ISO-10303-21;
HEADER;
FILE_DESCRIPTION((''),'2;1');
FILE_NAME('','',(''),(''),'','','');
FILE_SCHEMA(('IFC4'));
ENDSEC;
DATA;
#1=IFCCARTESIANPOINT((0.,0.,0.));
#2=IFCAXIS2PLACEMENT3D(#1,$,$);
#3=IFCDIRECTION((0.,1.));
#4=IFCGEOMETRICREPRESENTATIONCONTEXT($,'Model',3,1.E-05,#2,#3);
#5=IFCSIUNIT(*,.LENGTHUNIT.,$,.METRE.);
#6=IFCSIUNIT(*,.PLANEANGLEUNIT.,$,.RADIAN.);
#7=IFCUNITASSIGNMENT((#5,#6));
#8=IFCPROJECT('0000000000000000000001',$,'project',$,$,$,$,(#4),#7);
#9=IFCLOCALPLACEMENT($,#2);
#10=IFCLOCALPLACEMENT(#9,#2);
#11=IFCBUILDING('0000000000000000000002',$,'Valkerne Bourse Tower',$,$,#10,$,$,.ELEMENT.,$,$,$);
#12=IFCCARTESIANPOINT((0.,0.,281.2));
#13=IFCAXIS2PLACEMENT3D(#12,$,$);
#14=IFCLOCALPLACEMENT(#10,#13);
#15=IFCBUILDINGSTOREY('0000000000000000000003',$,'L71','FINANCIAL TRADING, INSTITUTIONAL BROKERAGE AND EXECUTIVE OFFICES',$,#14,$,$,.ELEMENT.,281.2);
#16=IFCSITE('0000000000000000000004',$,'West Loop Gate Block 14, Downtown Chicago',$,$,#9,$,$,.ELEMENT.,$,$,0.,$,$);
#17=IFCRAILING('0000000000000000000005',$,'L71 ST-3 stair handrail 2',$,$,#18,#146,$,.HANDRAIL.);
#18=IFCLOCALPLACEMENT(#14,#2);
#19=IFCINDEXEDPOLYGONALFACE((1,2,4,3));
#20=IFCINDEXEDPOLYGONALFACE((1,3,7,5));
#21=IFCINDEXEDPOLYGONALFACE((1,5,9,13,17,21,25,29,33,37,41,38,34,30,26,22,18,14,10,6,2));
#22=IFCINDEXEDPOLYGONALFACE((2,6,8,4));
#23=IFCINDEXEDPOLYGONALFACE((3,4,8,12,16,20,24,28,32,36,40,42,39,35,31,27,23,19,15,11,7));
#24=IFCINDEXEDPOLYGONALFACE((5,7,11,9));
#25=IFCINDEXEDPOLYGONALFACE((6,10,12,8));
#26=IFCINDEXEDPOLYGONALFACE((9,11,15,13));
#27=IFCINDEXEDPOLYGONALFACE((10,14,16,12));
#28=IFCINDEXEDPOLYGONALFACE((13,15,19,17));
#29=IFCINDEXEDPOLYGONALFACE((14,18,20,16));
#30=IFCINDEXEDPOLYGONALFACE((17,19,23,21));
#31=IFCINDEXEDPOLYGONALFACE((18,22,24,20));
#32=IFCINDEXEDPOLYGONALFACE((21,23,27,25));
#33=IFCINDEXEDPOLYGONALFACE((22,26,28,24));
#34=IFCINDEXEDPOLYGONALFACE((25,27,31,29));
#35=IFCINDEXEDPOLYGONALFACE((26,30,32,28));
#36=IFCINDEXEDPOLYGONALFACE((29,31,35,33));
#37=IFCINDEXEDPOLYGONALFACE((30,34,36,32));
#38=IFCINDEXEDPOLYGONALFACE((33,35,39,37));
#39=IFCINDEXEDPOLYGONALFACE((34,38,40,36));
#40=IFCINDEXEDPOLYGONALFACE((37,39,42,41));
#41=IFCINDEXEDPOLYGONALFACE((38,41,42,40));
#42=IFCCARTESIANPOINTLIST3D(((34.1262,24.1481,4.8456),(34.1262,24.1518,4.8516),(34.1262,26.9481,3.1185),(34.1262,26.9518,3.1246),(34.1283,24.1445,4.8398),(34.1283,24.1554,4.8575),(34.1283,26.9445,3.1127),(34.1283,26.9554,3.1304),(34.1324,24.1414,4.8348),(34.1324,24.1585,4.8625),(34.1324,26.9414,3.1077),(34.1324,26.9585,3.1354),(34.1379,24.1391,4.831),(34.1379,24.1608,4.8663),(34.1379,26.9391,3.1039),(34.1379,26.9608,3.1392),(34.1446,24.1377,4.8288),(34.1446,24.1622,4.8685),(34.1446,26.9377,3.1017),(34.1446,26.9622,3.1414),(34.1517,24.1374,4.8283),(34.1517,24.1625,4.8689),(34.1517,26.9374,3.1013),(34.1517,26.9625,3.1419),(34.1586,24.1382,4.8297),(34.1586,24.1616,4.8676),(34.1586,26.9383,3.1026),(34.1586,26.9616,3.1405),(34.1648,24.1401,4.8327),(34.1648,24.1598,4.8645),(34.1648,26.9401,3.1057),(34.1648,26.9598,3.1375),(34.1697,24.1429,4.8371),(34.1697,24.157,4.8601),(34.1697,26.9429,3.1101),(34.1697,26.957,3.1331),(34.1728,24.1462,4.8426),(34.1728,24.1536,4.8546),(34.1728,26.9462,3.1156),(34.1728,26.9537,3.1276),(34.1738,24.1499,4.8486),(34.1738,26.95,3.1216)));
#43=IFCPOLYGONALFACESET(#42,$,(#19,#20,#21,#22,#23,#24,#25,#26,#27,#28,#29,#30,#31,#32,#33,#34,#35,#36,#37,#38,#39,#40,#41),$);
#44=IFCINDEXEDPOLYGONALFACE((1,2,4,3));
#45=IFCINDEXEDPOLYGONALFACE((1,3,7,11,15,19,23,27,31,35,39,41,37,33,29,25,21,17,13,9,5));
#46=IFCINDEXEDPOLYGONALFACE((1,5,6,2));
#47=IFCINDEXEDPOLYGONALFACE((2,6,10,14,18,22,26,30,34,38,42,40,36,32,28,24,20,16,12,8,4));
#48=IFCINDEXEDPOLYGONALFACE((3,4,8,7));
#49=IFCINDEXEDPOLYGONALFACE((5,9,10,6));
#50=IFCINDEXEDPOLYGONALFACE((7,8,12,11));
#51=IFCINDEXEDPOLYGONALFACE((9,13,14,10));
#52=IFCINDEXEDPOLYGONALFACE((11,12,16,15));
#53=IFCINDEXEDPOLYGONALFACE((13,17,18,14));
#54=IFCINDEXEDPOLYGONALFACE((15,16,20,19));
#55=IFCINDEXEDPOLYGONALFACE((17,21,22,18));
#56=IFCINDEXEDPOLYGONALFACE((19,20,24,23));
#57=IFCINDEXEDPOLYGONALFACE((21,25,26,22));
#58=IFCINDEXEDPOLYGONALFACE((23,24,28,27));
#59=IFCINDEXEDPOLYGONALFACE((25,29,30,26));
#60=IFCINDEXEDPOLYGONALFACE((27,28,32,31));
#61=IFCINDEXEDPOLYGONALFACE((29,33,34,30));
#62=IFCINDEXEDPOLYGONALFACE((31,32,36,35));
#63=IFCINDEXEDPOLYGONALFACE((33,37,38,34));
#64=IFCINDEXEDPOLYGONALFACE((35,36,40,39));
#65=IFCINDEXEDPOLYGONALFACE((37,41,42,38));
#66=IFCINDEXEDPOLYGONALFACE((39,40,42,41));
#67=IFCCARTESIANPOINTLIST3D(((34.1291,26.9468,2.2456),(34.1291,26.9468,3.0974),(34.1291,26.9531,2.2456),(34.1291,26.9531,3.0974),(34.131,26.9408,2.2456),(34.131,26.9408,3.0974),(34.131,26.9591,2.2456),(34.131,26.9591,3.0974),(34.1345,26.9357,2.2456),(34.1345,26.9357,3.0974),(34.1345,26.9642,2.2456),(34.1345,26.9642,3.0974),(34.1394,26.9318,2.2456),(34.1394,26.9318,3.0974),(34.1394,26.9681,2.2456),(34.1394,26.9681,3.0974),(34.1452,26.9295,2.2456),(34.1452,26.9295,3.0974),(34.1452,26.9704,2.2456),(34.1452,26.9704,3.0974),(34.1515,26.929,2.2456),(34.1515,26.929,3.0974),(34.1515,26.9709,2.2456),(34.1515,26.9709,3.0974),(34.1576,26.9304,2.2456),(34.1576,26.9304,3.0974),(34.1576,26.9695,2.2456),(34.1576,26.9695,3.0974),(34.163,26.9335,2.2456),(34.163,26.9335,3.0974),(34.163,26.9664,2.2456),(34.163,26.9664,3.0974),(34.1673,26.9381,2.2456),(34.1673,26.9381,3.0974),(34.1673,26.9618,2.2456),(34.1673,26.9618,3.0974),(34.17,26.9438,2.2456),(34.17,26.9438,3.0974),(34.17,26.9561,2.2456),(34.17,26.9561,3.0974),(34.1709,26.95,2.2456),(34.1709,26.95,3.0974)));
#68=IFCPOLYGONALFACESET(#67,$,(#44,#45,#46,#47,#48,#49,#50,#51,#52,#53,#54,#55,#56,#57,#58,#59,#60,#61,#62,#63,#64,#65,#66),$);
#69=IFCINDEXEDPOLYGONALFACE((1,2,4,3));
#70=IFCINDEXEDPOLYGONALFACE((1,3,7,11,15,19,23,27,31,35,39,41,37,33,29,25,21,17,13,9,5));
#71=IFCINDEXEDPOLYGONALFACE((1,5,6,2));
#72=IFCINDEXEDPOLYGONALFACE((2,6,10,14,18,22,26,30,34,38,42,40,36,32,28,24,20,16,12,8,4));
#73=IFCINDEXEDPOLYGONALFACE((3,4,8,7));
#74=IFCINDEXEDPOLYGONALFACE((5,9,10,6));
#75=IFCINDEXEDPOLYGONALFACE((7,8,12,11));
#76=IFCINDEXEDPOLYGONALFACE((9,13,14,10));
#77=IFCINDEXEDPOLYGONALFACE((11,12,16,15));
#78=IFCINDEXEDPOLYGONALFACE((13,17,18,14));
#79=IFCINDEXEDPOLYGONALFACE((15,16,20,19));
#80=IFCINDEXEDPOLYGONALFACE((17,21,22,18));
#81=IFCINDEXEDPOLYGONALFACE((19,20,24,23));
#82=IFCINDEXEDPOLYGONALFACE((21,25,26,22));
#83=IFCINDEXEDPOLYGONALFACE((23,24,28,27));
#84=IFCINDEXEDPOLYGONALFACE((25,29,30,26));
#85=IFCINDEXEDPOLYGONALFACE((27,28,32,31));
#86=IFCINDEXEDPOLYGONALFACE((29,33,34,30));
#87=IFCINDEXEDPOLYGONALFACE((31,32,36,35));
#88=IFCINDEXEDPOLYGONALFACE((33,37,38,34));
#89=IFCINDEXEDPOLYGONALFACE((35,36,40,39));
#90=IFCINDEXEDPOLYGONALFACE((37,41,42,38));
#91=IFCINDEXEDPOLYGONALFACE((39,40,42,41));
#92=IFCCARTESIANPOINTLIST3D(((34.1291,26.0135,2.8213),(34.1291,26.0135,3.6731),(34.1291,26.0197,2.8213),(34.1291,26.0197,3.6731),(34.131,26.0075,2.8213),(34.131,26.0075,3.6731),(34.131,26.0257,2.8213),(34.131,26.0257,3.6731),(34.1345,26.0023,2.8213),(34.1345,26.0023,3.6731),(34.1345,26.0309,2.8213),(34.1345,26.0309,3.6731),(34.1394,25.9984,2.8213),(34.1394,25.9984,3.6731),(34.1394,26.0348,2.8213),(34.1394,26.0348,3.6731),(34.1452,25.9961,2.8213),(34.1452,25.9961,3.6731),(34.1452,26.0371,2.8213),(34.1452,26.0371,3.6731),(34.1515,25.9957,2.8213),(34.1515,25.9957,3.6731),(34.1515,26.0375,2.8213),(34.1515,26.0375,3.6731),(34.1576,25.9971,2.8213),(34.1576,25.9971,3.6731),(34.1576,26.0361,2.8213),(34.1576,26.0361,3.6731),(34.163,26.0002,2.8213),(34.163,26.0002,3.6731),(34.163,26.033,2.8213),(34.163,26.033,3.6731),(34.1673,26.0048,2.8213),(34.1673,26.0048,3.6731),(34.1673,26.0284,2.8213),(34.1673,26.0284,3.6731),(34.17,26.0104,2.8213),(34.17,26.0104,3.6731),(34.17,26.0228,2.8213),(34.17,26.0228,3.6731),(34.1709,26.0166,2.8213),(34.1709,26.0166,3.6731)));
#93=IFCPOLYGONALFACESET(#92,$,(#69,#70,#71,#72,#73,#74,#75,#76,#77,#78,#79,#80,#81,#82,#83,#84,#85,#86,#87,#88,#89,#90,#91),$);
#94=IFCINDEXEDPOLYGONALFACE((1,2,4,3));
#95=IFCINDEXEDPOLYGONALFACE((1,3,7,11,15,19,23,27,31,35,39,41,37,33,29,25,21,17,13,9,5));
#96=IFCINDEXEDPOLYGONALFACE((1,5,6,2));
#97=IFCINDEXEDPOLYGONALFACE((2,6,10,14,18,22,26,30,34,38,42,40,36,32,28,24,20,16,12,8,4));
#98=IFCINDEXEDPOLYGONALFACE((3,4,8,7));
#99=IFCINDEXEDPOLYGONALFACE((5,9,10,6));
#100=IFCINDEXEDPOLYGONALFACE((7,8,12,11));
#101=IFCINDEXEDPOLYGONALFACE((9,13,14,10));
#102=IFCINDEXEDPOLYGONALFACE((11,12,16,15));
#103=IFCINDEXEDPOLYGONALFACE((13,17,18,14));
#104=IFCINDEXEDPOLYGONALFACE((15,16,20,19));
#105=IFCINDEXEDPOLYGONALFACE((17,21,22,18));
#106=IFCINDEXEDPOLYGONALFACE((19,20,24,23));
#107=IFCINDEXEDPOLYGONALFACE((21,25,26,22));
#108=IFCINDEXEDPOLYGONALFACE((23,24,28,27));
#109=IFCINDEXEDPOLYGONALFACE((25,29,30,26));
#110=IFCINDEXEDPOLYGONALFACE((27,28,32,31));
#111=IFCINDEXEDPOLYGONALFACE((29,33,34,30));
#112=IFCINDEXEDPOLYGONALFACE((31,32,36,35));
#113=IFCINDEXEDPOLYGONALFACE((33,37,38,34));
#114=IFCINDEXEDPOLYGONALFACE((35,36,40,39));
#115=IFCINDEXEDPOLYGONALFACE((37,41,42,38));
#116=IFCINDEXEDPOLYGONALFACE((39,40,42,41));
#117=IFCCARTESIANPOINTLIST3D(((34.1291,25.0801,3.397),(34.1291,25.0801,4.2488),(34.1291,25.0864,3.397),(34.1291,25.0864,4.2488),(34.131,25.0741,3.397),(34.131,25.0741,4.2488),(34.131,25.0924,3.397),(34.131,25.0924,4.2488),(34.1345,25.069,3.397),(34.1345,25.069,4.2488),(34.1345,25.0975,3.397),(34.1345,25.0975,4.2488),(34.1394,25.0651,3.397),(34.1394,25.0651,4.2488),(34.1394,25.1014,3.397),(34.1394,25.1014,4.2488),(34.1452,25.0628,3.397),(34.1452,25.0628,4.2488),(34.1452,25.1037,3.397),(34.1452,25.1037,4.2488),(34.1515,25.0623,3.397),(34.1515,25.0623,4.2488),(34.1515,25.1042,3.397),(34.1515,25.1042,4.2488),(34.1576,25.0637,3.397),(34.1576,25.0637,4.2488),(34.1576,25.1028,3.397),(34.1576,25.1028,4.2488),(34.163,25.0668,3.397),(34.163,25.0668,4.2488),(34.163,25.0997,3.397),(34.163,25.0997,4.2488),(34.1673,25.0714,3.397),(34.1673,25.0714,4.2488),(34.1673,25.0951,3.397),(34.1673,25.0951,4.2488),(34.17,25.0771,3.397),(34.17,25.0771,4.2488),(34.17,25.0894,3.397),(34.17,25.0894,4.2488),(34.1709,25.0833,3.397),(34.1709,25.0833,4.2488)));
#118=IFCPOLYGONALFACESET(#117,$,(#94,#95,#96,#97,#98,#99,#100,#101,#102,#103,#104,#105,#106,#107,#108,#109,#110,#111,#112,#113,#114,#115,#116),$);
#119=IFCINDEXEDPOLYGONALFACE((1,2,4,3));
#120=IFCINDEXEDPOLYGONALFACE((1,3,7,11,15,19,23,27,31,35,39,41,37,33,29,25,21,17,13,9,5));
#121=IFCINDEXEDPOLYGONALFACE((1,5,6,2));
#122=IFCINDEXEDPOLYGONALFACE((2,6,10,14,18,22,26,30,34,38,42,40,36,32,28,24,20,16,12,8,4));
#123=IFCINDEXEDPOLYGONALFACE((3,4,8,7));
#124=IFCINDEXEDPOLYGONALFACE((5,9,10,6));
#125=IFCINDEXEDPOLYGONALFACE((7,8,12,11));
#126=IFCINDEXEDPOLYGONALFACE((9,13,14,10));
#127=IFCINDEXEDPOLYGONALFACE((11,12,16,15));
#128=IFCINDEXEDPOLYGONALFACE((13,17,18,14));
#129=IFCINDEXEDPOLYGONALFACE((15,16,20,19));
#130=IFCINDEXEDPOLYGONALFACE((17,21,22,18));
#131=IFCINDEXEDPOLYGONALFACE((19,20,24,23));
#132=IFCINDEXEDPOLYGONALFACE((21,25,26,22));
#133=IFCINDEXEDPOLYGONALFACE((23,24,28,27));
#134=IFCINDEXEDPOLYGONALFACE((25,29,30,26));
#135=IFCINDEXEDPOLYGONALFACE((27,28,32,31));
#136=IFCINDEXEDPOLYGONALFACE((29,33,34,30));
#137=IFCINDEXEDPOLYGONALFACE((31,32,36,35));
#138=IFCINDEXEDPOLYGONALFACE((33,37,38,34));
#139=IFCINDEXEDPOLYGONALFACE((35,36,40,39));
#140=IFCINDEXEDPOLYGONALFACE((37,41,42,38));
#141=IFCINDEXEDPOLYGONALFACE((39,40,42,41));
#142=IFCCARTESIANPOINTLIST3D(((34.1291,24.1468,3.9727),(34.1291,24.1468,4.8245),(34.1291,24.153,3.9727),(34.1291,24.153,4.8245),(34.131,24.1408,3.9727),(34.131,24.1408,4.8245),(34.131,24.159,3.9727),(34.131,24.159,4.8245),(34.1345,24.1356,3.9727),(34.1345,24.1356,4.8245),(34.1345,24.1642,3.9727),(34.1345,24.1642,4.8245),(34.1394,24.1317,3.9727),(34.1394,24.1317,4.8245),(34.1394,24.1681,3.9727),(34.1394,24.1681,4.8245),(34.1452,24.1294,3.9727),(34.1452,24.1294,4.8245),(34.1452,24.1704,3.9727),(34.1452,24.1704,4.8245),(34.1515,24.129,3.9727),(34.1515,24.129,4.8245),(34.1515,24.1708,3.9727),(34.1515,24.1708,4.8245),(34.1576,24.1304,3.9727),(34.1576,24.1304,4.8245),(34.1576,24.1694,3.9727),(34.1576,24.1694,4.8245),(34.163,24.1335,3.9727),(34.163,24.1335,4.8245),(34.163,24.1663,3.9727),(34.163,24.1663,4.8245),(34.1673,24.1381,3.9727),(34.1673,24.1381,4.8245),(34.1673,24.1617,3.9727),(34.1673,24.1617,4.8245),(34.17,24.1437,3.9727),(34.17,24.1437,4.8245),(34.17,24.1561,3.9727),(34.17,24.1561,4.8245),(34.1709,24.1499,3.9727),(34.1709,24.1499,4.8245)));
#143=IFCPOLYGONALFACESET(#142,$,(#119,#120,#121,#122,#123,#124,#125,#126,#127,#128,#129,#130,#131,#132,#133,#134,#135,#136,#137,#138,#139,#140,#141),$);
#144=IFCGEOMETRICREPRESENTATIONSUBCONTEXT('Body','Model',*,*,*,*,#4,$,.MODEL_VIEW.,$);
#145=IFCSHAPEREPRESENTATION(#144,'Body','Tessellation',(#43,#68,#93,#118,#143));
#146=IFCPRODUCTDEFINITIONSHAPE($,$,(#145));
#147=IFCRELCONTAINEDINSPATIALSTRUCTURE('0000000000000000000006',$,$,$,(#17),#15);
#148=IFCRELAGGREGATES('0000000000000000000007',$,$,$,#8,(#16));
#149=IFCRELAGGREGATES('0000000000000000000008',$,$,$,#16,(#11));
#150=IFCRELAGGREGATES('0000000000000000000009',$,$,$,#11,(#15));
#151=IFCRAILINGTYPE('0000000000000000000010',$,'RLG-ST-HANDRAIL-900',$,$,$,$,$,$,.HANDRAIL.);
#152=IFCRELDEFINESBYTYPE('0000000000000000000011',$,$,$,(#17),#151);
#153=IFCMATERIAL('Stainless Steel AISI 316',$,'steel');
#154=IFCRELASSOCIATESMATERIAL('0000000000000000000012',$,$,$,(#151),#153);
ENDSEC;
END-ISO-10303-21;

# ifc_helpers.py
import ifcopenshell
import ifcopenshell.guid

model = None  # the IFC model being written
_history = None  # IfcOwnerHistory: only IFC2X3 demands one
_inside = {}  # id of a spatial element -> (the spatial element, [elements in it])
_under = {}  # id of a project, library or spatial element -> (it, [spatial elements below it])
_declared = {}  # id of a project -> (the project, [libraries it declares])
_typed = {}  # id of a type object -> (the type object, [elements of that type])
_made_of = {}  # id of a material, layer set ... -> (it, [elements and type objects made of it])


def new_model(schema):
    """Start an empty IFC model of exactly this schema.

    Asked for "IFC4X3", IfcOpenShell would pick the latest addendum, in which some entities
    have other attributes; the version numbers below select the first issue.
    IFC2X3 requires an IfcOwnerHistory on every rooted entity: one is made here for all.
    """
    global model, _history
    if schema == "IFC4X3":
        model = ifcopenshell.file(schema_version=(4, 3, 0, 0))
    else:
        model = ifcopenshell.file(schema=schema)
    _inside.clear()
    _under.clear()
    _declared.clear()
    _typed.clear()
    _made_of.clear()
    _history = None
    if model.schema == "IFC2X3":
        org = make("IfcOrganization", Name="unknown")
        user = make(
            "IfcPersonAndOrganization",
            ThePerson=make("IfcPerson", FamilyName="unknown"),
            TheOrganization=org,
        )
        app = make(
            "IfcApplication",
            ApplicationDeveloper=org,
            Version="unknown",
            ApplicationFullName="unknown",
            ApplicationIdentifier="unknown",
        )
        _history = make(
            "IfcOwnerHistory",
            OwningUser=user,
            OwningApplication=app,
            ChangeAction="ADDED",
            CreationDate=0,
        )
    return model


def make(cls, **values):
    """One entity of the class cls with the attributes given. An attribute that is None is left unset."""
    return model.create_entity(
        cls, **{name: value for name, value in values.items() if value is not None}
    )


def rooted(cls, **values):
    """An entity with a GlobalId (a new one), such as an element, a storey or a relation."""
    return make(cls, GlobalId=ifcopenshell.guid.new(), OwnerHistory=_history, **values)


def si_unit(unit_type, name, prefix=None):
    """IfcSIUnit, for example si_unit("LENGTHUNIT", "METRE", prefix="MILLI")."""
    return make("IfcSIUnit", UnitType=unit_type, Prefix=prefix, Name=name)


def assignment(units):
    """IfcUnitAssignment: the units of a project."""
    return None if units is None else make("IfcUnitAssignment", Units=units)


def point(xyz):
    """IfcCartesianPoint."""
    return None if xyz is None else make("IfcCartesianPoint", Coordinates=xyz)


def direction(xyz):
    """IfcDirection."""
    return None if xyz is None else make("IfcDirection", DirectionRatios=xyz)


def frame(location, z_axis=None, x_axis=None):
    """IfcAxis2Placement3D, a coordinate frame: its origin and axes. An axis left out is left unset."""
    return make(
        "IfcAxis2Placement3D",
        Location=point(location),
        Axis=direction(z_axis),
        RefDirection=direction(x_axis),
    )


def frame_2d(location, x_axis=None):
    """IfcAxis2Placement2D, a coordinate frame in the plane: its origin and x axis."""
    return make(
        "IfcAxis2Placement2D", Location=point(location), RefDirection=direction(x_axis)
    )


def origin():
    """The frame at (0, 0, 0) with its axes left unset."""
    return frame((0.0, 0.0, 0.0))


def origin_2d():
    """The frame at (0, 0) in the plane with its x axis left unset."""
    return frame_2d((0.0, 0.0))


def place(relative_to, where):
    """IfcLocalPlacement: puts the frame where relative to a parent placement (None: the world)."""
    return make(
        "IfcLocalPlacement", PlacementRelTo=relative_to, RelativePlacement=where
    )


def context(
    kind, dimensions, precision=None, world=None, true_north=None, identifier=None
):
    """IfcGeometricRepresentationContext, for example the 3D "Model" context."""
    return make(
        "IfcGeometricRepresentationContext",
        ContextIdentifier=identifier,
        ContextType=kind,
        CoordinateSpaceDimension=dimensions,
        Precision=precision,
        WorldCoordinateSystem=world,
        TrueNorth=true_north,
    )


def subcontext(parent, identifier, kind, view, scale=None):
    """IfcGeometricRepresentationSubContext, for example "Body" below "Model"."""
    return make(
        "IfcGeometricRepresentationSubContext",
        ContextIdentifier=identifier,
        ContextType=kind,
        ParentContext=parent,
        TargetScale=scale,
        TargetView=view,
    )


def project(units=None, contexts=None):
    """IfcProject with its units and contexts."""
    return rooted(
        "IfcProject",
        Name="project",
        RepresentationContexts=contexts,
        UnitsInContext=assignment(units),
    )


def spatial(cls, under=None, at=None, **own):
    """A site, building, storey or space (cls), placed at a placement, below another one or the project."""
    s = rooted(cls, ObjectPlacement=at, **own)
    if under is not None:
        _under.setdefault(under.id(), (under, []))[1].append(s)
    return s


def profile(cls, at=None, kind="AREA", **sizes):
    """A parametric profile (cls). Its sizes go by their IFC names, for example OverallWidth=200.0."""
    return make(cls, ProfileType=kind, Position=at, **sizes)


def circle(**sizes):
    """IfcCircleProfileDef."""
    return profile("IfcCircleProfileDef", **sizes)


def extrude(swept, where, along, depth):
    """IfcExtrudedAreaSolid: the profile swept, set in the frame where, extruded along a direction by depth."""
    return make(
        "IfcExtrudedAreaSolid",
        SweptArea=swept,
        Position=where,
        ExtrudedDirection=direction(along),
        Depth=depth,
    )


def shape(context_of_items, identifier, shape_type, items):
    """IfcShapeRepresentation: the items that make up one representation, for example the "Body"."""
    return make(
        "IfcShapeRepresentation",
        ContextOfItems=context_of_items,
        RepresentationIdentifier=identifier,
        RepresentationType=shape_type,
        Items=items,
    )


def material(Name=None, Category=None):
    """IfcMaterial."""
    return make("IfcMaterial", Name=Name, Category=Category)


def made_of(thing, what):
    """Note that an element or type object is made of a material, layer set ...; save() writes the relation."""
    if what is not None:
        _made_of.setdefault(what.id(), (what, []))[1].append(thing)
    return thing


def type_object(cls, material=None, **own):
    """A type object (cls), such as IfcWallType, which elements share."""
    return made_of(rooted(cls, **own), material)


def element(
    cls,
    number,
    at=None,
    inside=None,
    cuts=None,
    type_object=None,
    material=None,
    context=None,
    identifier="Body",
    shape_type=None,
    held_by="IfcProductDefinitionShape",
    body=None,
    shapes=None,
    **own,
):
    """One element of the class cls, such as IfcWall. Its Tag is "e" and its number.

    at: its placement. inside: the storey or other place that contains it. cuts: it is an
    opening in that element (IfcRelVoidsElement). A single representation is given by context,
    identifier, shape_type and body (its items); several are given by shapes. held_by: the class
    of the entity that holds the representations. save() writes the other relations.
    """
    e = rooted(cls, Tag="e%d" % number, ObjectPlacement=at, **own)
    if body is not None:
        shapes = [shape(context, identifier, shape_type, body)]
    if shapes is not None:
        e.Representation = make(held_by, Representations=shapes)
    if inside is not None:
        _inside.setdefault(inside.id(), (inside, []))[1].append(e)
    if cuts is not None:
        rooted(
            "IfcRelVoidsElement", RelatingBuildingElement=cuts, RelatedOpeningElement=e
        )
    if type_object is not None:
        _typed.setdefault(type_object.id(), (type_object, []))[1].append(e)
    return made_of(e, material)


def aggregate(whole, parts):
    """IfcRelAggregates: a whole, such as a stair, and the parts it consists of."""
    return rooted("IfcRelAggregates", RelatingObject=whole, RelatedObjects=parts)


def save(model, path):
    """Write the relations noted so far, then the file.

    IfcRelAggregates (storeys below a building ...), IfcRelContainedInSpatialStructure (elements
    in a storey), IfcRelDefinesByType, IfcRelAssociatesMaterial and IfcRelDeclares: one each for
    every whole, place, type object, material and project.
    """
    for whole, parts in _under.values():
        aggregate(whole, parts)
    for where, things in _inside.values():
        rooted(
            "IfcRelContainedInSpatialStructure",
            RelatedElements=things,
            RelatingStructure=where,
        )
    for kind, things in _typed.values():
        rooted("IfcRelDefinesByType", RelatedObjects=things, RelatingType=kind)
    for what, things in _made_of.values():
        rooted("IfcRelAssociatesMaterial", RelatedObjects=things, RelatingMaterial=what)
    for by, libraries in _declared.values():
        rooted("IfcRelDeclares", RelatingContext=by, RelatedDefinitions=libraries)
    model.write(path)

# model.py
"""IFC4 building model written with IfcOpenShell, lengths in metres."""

from ifc_helpers import new_model, si_unit, direction, frame, origin, origin_2d, place, context, subcontext, project, spatial, circle, extrude, material, type_object, element, save


model = new_model("IFC4")

# Units and contexts
model_context = context("Model", 3, precision=1e-05, world=origin(), true_north=direction((0.0, 1.0)))
body_context = subcontext(model_context, "Body", "Model", "MODEL_VIEW")
ifc_project = project(units=[si_unit("LENGTHUNIT", "METRE"), si_unit("PLANEANGLEUNIT", "RADIAN")], contexts=[model_context])

# Site, building, storey
site_placement = place(None, origin())
site = spatial("IfcSite", under=ifc_project, at=site_placement, Name="West Loop Gate Block 14, Downtown Chicago", CompositionType="ELEMENT", RefElevation=0.0)
building_placement = place(site_placement, origin())
building = spatial("IfcBuilding", under=site, at=building_placement, Name="Valkerne Bourse Tower", CompositionType="ELEMENT")
storey_placement = place(building_placement, frame((0.0, 0.0, 281.2)))
storey = spatial("IfcBuildingStorey", under=building, at=storey_placement, Name="L71", Description="FINANCIAL TRADING, INSTITUTIONAL BROKERAGE AND EXECUTIVE OFFICES", CompositionType="ELEMENT", Elevation=281.2)

# Railing
ifc_material_1 = material(Name="Stainless Steel AISI 316", Category="steel")
railing_type_1 = type_object("IfcRailingType", Name="RLG-ST-HANDRAIL-900", PredefinedType="HANDRAIL", material=ifc_material_1)
railing_1_placement = place(storey_placement, frame((34.1499, 26.95, 2.2456)))
element("IfcRailing", 1, at=railing_1_placement, inside=storey, type_object=railing_type_1, Name="L71 ST-3 stair handrail 2", PredefinedType="HANDRAIL", context=body_context, shape_type="SweptSolid", body=[
    extrude(circle(Radius=0.0239, at=origin_2d()), frame((0.0, 0.0, 0.876), z_axis=(0.0, -0.851123, 0.524967), x_axis=(1.0, 0.0, 0.0)), (0.0, 0.0, 1.0), 3.2898),
    extrude(circle(Radius=0.021, at=origin_2d()), origin(), (0.0, 0.0, 1.0), 0.8518),
    extrude(circle(Radius=0.021, at=origin_2d()), frame((0.0, -0.9333, 0.5757)), (0.0, 0.0, 1.0), 0.8518),
    extrude(circle(Radius=0.021, at=origin_2d()), frame((0.0, -1.8667, 1.1514)), (0.0, 0.0, 1.0), 0.8518),
    extrude(circle(Radius=0.021, at=origin_2d()), frame((0.0, -2.8, 1.7271)), (0.0, 0.0, 1.0), 0.8518),
])

save(model, "model.ifc")
